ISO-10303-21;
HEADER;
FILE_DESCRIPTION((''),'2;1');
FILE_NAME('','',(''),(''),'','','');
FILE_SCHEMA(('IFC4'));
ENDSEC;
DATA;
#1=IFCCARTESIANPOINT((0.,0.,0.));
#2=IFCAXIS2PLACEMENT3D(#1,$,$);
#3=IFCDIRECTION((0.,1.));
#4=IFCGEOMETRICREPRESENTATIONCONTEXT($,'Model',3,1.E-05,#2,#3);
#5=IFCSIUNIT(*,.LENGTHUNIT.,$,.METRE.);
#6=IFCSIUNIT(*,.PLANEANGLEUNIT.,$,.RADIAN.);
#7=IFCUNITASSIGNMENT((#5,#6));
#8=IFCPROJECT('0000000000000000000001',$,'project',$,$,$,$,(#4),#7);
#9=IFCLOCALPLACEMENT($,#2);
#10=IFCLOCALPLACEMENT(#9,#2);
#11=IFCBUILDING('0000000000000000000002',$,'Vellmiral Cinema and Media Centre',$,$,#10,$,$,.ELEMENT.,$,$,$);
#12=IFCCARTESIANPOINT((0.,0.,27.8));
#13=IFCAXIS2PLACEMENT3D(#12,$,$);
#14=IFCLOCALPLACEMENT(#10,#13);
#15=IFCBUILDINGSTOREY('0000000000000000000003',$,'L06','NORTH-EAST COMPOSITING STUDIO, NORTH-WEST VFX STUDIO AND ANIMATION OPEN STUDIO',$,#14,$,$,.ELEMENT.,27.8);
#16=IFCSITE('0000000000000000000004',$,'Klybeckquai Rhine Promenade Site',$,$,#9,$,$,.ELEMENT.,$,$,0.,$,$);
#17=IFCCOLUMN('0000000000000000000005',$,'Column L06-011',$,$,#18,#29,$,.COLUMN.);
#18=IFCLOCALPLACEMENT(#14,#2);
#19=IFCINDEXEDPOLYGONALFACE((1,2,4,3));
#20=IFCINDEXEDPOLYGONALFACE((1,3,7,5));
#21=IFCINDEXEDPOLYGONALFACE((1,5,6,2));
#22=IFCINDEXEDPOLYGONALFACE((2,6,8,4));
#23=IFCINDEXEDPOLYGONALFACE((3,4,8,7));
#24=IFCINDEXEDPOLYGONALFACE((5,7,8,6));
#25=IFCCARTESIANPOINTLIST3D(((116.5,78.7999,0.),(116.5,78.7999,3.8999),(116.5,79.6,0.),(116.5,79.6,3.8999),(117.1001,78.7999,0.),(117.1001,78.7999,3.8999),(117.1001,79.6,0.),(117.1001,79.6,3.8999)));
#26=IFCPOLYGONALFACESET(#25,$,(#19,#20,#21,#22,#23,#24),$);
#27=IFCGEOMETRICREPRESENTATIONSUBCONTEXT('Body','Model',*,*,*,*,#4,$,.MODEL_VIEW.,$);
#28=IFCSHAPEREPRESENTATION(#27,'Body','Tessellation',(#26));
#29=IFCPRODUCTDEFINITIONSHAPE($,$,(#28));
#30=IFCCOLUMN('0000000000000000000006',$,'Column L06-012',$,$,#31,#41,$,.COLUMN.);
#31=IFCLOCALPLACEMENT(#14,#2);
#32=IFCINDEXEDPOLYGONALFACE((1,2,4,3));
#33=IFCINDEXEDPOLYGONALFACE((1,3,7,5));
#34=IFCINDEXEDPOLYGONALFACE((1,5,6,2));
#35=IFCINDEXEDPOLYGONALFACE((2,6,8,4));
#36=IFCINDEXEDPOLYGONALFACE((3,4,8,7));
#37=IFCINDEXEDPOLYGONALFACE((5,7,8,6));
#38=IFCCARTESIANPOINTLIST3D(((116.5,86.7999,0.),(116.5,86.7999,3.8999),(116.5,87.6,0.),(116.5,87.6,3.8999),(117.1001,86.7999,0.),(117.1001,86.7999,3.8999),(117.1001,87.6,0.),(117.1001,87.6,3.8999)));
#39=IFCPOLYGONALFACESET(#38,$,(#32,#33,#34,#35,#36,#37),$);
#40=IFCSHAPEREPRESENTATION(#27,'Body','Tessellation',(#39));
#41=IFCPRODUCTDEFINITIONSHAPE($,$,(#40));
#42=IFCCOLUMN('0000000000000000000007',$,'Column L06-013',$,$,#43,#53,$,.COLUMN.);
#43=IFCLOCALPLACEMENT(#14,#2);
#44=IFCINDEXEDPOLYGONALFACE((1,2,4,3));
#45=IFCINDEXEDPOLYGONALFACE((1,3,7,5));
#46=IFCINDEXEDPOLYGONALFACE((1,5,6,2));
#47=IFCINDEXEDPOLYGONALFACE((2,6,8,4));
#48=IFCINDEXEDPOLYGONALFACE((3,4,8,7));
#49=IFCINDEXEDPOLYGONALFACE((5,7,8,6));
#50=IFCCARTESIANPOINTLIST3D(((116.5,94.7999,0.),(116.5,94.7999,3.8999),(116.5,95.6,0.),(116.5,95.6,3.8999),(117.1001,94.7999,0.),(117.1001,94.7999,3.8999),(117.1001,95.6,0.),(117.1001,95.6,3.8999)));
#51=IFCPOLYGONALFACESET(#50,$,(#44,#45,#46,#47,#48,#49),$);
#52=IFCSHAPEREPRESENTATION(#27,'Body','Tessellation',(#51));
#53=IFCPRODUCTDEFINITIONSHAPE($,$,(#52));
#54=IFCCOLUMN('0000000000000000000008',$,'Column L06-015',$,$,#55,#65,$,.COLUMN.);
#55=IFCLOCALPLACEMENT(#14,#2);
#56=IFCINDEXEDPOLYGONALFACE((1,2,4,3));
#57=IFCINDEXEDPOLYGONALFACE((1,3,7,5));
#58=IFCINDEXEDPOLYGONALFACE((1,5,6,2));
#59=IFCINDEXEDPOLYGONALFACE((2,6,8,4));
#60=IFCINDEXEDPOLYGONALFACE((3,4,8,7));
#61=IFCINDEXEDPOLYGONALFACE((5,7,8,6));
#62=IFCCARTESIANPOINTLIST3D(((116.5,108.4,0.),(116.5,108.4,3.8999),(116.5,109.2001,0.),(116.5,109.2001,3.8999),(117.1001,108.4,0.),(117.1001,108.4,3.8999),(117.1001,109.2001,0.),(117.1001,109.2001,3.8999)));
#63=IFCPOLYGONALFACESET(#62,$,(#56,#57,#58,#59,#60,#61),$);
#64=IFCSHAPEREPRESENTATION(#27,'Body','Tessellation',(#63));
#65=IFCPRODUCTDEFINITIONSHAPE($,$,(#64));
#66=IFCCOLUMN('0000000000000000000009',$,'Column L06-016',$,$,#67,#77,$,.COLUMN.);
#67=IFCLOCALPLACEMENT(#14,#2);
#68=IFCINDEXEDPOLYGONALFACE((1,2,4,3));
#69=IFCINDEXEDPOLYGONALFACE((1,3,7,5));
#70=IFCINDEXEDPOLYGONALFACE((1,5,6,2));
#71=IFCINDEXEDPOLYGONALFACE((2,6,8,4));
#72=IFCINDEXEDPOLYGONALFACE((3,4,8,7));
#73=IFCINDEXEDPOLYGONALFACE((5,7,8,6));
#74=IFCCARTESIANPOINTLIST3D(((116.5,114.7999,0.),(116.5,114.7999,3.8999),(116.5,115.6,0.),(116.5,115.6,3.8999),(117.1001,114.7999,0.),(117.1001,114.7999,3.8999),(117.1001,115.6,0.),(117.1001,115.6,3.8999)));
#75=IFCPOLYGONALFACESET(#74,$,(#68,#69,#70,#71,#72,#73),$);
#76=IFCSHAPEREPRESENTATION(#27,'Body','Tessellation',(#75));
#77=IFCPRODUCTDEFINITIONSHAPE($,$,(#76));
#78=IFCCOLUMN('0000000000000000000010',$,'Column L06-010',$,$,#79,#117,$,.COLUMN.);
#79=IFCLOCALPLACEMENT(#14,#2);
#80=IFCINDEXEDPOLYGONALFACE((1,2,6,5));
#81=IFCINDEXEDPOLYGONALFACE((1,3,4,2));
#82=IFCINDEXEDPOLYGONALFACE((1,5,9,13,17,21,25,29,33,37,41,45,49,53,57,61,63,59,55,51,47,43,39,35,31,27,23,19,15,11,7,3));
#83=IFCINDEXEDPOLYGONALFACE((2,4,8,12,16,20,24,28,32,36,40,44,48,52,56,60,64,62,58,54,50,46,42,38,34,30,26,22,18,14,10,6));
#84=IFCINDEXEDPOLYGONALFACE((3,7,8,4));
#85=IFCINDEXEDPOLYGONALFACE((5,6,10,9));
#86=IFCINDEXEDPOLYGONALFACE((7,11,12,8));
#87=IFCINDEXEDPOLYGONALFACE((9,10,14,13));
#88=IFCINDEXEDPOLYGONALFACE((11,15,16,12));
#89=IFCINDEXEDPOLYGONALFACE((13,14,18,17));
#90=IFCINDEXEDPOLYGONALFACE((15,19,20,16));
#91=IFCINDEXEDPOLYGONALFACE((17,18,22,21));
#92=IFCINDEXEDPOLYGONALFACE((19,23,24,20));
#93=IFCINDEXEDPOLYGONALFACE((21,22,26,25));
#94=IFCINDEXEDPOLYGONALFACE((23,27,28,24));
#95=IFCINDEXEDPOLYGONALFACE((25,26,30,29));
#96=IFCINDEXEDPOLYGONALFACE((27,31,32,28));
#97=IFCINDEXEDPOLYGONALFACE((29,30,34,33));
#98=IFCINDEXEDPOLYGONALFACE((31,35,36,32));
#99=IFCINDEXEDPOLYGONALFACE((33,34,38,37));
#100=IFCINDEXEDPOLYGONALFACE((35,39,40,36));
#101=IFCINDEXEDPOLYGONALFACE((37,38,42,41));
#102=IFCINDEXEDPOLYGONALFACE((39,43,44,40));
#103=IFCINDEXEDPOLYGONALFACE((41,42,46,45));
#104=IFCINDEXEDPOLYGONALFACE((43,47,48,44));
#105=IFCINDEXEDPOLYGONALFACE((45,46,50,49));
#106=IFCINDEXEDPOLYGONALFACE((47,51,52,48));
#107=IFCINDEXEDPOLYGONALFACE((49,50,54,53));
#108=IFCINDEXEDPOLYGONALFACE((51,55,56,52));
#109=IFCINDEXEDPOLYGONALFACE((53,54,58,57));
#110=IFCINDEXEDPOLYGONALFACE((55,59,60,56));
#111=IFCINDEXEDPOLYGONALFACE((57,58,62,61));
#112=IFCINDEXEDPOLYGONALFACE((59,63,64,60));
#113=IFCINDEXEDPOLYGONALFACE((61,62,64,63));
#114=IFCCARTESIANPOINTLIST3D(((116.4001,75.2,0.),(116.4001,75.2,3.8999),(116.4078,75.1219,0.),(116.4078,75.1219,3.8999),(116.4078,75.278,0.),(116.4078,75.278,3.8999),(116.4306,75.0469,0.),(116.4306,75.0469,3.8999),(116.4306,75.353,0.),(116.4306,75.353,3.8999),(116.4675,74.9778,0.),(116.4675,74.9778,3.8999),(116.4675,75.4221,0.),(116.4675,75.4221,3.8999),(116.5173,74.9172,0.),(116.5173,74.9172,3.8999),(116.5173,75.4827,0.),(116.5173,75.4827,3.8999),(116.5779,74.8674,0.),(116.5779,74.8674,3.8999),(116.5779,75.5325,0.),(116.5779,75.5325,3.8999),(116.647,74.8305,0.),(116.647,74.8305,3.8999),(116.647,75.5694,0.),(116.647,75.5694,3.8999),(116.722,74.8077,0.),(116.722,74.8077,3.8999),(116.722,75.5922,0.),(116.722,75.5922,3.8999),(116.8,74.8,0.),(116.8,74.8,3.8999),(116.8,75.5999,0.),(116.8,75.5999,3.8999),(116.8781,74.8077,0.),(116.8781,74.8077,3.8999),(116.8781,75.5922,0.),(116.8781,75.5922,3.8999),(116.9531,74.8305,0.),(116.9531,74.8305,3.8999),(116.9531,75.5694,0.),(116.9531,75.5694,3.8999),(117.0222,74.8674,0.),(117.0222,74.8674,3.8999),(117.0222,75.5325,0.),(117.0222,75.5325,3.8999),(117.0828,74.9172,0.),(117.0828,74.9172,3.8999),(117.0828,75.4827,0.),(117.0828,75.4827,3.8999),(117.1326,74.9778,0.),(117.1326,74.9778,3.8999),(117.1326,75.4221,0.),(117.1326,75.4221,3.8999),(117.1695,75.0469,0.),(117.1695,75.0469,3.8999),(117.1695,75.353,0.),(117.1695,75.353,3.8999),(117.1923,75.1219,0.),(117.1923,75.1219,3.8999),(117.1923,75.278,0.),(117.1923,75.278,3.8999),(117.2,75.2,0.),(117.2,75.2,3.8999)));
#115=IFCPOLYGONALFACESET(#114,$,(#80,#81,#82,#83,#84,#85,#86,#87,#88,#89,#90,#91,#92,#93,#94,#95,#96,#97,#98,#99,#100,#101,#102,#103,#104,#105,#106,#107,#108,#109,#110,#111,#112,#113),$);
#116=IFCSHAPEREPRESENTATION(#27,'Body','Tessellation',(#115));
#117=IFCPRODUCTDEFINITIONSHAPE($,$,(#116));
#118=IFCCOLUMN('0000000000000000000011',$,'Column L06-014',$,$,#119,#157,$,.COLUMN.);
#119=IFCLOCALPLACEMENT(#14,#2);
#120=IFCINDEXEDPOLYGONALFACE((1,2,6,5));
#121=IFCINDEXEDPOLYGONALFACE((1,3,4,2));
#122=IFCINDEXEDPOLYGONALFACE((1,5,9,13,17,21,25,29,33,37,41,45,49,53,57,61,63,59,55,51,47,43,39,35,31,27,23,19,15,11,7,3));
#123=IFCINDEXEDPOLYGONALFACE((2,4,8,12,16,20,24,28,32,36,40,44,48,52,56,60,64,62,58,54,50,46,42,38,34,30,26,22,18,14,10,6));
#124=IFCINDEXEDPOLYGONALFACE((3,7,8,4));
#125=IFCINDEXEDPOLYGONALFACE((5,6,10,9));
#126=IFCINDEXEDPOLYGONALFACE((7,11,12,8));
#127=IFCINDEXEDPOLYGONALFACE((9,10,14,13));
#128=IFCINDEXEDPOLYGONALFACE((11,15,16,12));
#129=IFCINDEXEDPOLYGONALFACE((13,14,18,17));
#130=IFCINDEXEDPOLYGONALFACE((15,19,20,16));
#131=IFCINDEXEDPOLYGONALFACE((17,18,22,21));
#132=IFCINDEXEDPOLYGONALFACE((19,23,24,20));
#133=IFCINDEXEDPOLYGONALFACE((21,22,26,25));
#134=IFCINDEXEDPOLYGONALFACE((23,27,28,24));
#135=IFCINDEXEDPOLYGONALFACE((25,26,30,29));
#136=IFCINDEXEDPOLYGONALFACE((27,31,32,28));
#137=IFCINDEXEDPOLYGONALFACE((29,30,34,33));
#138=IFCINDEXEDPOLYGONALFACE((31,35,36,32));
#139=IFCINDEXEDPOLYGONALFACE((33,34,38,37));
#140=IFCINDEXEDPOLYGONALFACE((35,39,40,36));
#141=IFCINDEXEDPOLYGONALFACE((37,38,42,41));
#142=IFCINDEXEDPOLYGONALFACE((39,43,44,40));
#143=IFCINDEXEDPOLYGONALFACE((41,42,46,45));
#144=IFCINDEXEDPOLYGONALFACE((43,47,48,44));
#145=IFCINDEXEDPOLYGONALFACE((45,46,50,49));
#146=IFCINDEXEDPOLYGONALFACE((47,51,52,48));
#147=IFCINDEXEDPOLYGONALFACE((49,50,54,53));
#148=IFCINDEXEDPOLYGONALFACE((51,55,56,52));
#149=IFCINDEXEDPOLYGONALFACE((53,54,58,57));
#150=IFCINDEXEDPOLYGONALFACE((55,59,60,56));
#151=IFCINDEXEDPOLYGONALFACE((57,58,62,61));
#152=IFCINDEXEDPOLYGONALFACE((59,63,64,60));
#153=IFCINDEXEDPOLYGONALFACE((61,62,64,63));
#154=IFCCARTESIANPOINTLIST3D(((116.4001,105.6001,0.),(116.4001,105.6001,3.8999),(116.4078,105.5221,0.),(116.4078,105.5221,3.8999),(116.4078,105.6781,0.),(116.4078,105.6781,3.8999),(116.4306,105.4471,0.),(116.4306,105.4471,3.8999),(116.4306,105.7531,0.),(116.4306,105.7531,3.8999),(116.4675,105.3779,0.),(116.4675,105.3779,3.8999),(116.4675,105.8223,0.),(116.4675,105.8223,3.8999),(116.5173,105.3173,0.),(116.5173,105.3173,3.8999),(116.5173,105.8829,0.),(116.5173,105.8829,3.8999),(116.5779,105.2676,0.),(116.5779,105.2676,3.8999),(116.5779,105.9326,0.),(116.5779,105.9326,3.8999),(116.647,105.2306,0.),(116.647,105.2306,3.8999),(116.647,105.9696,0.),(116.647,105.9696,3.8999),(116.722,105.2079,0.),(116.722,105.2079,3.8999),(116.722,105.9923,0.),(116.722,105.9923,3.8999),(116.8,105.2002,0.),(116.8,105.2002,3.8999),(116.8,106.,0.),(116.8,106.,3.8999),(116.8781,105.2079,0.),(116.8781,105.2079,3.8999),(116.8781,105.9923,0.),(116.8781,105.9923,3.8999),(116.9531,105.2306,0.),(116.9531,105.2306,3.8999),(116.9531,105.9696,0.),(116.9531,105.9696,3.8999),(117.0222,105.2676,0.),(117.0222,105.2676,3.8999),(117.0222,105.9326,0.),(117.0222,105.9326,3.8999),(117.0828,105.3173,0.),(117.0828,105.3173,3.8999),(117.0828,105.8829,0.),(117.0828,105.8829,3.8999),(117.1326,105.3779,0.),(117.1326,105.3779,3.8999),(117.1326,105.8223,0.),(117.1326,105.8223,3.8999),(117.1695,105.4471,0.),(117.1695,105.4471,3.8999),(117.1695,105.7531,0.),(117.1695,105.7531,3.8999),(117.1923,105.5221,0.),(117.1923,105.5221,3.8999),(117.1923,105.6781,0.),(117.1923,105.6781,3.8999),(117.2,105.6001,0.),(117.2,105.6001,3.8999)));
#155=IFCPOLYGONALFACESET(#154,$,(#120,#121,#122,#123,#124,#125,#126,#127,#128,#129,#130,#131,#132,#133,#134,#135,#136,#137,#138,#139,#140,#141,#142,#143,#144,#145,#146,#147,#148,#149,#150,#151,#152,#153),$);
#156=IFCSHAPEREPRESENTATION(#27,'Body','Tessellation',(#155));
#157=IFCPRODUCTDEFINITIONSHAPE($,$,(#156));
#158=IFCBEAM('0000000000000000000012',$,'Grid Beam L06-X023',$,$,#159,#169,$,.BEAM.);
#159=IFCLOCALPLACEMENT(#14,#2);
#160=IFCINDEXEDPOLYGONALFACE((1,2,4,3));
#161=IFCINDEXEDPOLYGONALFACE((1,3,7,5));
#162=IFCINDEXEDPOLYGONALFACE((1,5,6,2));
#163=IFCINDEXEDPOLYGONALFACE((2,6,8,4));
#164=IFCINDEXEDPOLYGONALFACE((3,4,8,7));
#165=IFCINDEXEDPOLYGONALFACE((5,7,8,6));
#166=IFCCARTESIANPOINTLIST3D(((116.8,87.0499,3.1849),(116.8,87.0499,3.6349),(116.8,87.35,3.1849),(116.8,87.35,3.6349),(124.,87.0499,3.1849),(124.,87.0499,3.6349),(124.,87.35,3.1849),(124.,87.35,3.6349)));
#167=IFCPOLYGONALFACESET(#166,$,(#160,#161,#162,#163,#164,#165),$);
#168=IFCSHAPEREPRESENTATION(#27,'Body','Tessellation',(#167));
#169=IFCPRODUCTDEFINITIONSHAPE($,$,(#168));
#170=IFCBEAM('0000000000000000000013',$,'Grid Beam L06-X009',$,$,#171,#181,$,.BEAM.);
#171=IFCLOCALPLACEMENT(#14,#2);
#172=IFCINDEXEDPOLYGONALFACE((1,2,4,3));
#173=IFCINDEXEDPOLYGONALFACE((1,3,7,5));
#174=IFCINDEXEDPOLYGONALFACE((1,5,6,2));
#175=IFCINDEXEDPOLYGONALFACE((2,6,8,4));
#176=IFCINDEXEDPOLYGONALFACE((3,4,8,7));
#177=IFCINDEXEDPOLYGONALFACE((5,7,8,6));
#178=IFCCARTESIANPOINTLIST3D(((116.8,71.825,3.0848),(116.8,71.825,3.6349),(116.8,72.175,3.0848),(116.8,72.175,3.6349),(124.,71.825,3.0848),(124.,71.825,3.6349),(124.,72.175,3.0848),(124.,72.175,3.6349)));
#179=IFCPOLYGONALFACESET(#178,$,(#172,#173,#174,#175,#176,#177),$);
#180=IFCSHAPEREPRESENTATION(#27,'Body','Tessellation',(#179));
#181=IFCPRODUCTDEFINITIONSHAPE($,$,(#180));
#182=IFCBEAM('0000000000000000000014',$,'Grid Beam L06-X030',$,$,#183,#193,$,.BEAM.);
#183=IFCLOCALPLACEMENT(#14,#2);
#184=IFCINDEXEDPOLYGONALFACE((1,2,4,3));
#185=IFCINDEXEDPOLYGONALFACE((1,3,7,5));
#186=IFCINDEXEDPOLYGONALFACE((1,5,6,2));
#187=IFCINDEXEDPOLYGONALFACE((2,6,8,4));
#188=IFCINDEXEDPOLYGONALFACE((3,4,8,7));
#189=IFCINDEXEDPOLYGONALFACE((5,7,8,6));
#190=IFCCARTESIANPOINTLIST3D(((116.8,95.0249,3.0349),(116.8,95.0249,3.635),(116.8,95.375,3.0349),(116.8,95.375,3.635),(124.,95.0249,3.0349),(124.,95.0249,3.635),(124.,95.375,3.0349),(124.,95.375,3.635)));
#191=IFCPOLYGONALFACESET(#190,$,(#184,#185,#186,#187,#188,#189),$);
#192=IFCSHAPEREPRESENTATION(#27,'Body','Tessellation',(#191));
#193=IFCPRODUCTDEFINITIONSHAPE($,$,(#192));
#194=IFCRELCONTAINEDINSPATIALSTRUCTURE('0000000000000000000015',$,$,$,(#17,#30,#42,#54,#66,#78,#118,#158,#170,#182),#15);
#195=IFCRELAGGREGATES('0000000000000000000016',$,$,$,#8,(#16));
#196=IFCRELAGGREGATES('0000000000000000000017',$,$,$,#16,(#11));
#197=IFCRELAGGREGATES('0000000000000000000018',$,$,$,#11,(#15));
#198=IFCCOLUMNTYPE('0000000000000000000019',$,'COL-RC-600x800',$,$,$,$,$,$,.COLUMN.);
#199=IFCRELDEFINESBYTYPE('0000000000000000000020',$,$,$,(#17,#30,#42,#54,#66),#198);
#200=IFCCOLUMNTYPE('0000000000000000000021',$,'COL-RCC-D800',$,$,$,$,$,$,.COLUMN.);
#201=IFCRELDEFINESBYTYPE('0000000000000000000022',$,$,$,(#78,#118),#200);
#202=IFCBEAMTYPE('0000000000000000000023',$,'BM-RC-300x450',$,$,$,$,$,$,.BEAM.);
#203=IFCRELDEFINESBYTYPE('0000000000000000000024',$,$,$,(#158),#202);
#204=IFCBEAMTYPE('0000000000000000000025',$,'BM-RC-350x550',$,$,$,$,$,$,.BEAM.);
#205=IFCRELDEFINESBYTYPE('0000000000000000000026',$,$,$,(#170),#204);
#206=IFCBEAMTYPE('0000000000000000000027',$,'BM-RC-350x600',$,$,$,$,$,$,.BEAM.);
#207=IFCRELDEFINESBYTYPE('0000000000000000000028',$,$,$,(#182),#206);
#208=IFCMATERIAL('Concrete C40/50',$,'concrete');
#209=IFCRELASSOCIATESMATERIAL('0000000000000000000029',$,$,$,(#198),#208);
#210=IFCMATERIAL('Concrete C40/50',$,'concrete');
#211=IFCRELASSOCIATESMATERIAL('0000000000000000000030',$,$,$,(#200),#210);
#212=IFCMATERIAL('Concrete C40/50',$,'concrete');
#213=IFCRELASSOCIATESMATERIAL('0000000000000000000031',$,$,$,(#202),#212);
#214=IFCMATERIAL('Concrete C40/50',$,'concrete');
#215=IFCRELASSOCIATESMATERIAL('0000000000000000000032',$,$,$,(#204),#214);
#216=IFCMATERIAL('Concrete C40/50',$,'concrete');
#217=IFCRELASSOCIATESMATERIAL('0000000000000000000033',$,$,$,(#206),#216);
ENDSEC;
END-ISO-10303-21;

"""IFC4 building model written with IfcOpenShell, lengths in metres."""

from ifc_helpers import new_model, si_unit, direction, frame, origin, origin_2d, place, context, subcontext, project, spatial, rectangle, circle, extrude, material, material_profile, profile_set, type_object, element, save


model = new_model("IFC4")

# Units and contexts
model_context = context("Model", 3, precision=1e-05, world=origin(), true_north=direction((0.0, 1.0)))
body_context = subcontext(model_context, "Body", "Model", "MODEL_VIEW")
ifc_project = project(units=[si_unit("LENGTHUNIT", "METRE"), si_unit("PLANEANGLEUNIT", "RADIAN")], contexts=[model_context])

# Site, building, storey
site_placement = place(None, origin())
site = spatial("IfcSite", under=ifc_project, at=site_placement, Name="Klybeckquai Rhine Promenade Site", CompositionType="ELEMENT", RefElevation=0.0)
building_placement = place(site_placement, origin())
building = spatial("IfcBuilding", under=site, at=building_placement, Name="Vellmiral Cinema and Media Centre", CompositionType="ELEMENT")
storey_placement = place(building_placement, frame((0.0, 0.0, 27.8)))
storey = spatial("IfcBuildingStorey", under=building, at=storey_placement, Name="L06", Description="NORTH-EAST COMPOSITING STUDIO, NORTH-WEST VFX STUDIO AND ANIMATION OPEN STUDIO", CompositionType="ELEMENT", Elevation=27.8)

# Columns
ifc_material_1 = material(Name="Concrete C40/50", Category="concrete")
ifc_material_profile_1 = material_profile(ifc_material_1, rectangle(XDim=0.6001, YDim=0.8, at=origin_2d()), Name="RC 600x800")
ifc_profile_set_1 = profile_set([ifc_material_profile_1], Name="Concrete C40/50")
column_type_1 = type_object("IfcColumnType", Name="COL-RC-600x800", PredefinedType="COLUMN", material=ifc_profile_set_1)
for number, where, z_axis, x_axis, name in (
    (1, (116.8, 79.2, 0.0), (0.0, 0.0, 1.0), (1.0, 0.0, 0.0), "Column L06-011"),
    (2, (116.8, 87.2, 0.0), (0.0, 0.0, 1.0), (1.0, 0.0, 0.0), "Column L06-012"),
    (3, (116.8, 95.2, 0.0), (0.0, 0.0, 1.0), (1.0, 0.0, 0.0), "Column L06-013"),
    (4, (116.8, 108.8, 0.0), (0.0, 0.0, 1.0), (1.0, 0.0, 0.0), "Column L06-015"),
    (5, (116.8, 115.2, 0.0), (0.0, 0.0, 1.0), (1.0, 0.0, 0.0), "Column L06-016"),
):
    element("IfcColumn", number, at=place(storey_placement, frame(where, z_axis=z_axis, x_axis=x_axis)), inside=storey, type_object=column_type_1, Name=name, PredefinedType="COLUMN", context=body_context, shape_type="SweptSolid", body=[
        extrude(rectangle(XDim=0.6001, YDim=0.8, at=origin_2d()), origin(), (0.0, 0.0, 1.0), 3.8999),
    ])
ifc_material_2 = material(Name="Concrete C40/50", Category="concrete")
ifc_material_profile_2 = material_profile(ifc_material_2, circle(Radius=0.3999, at=origin_2d()), Name="RC D800")
ifc_profile_set_2 = profile_set([ifc_material_profile_2], Name="Concrete C40/50")
column_type_2 = type_object("IfcColumnType", Name="COL-RCC-D800", PredefinedType="COLUMN", material=ifc_profile_set_2)
for number, where, z_axis, x_axis, name in (
    (6, (116.8, 75.2, 0.0), (0.0, 0.0, 1.0), (1.0, 0.0, 0.0), "Column L06-010"),
    (7, (116.8, 105.6001, 0.0), (0.0, 0.0, 1.0), (1.0, 0.0, 0.0), "Column L06-014"),
):
    element("IfcColumn", number, at=place(storey_placement, frame(where, z_axis=z_axis, x_axis=x_axis)), inside=storey, type_object=column_type_2, Name=name, PredefinedType="COLUMN", context=body_context, shape_type="SweptSolid", body=[
        extrude(circle(Radius=0.3999, at=origin_2d()), origin(), (0.0, 0.0, 1.0), 3.8999),
    ])

# Beams
ifc_material_3 = material(Name="Concrete C40/50", Category="concrete")
ifc_material_profile_3 = material_profile(ifc_material_3, rectangle(XDim=0.3, YDim=0.45, at=origin_2d()), Name="RC 300x450")
ifc_profile_set_3 = profile_set([ifc_material_profile_3], Name="Concrete C40/50")
beam_type_1 = type_object("IfcBeamType", Name="BM-RC-300x450", PredefinedType="BEAM", material=ifc_profile_set_3)
beam_1_placement = place(storey_placement, frame((116.8, 87.2, 3.4099), z_axis=(1.0, 0.0, 0.0), x_axis=(0.0, 1.0, 0.0)))
element("IfcBeam", 8, at=beam_1_placement, inside=storey, type_object=beam_type_1, Name="Grid Beam L06-X023", PredefinedType="BEAM", context=body_context, shape_type="SweptSolid", body=[
    extrude(rectangle(XDim=0.3, YDim=0.45, at=origin_2d()), origin(), (0.0, 0.0, 1.0), 7.2),
])
ifc_material_4 = material(Name="Concrete C40/50", Category="concrete")
ifc_material_profile_4 = material_profile(ifc_material_4, rectangle(XDim=0.3501, YDim=0.55, at=origin_2d()), Name="RC 350x550")
ifc_profile_set_4 = profile_set([ifc_material_profile_4], Name="Concrete C40/50")
beam_type_2 = type_object("IfcBeamType", Name="BM-RC-350x550", PredefinedType="BEAM", material=ifc_profile_set_4)
beam_2_placement = place(storey_placement, frame((116.8, 72.0, 3.3599), z_axis=(1.0, 0.0, 0.0), x_axis=(0.0, 1.0, 0.0)))
element("IfcBeam", 9, at=beam_2_placement, inside=storey, type_object=beam_type_2, Name="Grid Beam L06-X009", PredefinedType="BEAM", context=body_context, shape_type="SweptSolid", body=[
    extrude(rectangle(XDim=0.3501, YDim=0.55, at=origin_2d()), origin(), (0.0, 0.0, 1.0), 7.2),
])
ifc_material_5 = material(Name="Concrete C40/50", Category="concrete")
ifc_material_profile_5 = material_profile(ifc_material_5, rectangle(XDim=0.3501, YDim=0.6001, at=origin_2d()), Name="RC 350x600")
ifc_profile_set_5 = profile_set([ifc_material_profile_5], Name="Concrete C40/50")
beam_type_3 = type_object("IfcBeamType", Name="BM-RC-350x600", PredefinedType="BEAM", material=ifc_profile_set_5)
beam_3_placement = place(storey_placement, frame((116.8, 95.2, 3.335), z_axis=(1.0, 0.0, 0.0), x_axis=(0.0, 1.0, 0.0)))
element("IfcBeam", 10, at=beam_3_placement, inside=storey, type_object=beam_type_3, Name="Grid Beam L06-X030", PredefinedType="BEAM", context=body_context, shape_type="SweptSolid", body=[
    extrude(rectangle(XDim=0.3501, YDim=0.6001, at=origin_2d()), origin(), (0.0, 0.0, 1.0), 7.2),
])

save(model, "model.ifc")
